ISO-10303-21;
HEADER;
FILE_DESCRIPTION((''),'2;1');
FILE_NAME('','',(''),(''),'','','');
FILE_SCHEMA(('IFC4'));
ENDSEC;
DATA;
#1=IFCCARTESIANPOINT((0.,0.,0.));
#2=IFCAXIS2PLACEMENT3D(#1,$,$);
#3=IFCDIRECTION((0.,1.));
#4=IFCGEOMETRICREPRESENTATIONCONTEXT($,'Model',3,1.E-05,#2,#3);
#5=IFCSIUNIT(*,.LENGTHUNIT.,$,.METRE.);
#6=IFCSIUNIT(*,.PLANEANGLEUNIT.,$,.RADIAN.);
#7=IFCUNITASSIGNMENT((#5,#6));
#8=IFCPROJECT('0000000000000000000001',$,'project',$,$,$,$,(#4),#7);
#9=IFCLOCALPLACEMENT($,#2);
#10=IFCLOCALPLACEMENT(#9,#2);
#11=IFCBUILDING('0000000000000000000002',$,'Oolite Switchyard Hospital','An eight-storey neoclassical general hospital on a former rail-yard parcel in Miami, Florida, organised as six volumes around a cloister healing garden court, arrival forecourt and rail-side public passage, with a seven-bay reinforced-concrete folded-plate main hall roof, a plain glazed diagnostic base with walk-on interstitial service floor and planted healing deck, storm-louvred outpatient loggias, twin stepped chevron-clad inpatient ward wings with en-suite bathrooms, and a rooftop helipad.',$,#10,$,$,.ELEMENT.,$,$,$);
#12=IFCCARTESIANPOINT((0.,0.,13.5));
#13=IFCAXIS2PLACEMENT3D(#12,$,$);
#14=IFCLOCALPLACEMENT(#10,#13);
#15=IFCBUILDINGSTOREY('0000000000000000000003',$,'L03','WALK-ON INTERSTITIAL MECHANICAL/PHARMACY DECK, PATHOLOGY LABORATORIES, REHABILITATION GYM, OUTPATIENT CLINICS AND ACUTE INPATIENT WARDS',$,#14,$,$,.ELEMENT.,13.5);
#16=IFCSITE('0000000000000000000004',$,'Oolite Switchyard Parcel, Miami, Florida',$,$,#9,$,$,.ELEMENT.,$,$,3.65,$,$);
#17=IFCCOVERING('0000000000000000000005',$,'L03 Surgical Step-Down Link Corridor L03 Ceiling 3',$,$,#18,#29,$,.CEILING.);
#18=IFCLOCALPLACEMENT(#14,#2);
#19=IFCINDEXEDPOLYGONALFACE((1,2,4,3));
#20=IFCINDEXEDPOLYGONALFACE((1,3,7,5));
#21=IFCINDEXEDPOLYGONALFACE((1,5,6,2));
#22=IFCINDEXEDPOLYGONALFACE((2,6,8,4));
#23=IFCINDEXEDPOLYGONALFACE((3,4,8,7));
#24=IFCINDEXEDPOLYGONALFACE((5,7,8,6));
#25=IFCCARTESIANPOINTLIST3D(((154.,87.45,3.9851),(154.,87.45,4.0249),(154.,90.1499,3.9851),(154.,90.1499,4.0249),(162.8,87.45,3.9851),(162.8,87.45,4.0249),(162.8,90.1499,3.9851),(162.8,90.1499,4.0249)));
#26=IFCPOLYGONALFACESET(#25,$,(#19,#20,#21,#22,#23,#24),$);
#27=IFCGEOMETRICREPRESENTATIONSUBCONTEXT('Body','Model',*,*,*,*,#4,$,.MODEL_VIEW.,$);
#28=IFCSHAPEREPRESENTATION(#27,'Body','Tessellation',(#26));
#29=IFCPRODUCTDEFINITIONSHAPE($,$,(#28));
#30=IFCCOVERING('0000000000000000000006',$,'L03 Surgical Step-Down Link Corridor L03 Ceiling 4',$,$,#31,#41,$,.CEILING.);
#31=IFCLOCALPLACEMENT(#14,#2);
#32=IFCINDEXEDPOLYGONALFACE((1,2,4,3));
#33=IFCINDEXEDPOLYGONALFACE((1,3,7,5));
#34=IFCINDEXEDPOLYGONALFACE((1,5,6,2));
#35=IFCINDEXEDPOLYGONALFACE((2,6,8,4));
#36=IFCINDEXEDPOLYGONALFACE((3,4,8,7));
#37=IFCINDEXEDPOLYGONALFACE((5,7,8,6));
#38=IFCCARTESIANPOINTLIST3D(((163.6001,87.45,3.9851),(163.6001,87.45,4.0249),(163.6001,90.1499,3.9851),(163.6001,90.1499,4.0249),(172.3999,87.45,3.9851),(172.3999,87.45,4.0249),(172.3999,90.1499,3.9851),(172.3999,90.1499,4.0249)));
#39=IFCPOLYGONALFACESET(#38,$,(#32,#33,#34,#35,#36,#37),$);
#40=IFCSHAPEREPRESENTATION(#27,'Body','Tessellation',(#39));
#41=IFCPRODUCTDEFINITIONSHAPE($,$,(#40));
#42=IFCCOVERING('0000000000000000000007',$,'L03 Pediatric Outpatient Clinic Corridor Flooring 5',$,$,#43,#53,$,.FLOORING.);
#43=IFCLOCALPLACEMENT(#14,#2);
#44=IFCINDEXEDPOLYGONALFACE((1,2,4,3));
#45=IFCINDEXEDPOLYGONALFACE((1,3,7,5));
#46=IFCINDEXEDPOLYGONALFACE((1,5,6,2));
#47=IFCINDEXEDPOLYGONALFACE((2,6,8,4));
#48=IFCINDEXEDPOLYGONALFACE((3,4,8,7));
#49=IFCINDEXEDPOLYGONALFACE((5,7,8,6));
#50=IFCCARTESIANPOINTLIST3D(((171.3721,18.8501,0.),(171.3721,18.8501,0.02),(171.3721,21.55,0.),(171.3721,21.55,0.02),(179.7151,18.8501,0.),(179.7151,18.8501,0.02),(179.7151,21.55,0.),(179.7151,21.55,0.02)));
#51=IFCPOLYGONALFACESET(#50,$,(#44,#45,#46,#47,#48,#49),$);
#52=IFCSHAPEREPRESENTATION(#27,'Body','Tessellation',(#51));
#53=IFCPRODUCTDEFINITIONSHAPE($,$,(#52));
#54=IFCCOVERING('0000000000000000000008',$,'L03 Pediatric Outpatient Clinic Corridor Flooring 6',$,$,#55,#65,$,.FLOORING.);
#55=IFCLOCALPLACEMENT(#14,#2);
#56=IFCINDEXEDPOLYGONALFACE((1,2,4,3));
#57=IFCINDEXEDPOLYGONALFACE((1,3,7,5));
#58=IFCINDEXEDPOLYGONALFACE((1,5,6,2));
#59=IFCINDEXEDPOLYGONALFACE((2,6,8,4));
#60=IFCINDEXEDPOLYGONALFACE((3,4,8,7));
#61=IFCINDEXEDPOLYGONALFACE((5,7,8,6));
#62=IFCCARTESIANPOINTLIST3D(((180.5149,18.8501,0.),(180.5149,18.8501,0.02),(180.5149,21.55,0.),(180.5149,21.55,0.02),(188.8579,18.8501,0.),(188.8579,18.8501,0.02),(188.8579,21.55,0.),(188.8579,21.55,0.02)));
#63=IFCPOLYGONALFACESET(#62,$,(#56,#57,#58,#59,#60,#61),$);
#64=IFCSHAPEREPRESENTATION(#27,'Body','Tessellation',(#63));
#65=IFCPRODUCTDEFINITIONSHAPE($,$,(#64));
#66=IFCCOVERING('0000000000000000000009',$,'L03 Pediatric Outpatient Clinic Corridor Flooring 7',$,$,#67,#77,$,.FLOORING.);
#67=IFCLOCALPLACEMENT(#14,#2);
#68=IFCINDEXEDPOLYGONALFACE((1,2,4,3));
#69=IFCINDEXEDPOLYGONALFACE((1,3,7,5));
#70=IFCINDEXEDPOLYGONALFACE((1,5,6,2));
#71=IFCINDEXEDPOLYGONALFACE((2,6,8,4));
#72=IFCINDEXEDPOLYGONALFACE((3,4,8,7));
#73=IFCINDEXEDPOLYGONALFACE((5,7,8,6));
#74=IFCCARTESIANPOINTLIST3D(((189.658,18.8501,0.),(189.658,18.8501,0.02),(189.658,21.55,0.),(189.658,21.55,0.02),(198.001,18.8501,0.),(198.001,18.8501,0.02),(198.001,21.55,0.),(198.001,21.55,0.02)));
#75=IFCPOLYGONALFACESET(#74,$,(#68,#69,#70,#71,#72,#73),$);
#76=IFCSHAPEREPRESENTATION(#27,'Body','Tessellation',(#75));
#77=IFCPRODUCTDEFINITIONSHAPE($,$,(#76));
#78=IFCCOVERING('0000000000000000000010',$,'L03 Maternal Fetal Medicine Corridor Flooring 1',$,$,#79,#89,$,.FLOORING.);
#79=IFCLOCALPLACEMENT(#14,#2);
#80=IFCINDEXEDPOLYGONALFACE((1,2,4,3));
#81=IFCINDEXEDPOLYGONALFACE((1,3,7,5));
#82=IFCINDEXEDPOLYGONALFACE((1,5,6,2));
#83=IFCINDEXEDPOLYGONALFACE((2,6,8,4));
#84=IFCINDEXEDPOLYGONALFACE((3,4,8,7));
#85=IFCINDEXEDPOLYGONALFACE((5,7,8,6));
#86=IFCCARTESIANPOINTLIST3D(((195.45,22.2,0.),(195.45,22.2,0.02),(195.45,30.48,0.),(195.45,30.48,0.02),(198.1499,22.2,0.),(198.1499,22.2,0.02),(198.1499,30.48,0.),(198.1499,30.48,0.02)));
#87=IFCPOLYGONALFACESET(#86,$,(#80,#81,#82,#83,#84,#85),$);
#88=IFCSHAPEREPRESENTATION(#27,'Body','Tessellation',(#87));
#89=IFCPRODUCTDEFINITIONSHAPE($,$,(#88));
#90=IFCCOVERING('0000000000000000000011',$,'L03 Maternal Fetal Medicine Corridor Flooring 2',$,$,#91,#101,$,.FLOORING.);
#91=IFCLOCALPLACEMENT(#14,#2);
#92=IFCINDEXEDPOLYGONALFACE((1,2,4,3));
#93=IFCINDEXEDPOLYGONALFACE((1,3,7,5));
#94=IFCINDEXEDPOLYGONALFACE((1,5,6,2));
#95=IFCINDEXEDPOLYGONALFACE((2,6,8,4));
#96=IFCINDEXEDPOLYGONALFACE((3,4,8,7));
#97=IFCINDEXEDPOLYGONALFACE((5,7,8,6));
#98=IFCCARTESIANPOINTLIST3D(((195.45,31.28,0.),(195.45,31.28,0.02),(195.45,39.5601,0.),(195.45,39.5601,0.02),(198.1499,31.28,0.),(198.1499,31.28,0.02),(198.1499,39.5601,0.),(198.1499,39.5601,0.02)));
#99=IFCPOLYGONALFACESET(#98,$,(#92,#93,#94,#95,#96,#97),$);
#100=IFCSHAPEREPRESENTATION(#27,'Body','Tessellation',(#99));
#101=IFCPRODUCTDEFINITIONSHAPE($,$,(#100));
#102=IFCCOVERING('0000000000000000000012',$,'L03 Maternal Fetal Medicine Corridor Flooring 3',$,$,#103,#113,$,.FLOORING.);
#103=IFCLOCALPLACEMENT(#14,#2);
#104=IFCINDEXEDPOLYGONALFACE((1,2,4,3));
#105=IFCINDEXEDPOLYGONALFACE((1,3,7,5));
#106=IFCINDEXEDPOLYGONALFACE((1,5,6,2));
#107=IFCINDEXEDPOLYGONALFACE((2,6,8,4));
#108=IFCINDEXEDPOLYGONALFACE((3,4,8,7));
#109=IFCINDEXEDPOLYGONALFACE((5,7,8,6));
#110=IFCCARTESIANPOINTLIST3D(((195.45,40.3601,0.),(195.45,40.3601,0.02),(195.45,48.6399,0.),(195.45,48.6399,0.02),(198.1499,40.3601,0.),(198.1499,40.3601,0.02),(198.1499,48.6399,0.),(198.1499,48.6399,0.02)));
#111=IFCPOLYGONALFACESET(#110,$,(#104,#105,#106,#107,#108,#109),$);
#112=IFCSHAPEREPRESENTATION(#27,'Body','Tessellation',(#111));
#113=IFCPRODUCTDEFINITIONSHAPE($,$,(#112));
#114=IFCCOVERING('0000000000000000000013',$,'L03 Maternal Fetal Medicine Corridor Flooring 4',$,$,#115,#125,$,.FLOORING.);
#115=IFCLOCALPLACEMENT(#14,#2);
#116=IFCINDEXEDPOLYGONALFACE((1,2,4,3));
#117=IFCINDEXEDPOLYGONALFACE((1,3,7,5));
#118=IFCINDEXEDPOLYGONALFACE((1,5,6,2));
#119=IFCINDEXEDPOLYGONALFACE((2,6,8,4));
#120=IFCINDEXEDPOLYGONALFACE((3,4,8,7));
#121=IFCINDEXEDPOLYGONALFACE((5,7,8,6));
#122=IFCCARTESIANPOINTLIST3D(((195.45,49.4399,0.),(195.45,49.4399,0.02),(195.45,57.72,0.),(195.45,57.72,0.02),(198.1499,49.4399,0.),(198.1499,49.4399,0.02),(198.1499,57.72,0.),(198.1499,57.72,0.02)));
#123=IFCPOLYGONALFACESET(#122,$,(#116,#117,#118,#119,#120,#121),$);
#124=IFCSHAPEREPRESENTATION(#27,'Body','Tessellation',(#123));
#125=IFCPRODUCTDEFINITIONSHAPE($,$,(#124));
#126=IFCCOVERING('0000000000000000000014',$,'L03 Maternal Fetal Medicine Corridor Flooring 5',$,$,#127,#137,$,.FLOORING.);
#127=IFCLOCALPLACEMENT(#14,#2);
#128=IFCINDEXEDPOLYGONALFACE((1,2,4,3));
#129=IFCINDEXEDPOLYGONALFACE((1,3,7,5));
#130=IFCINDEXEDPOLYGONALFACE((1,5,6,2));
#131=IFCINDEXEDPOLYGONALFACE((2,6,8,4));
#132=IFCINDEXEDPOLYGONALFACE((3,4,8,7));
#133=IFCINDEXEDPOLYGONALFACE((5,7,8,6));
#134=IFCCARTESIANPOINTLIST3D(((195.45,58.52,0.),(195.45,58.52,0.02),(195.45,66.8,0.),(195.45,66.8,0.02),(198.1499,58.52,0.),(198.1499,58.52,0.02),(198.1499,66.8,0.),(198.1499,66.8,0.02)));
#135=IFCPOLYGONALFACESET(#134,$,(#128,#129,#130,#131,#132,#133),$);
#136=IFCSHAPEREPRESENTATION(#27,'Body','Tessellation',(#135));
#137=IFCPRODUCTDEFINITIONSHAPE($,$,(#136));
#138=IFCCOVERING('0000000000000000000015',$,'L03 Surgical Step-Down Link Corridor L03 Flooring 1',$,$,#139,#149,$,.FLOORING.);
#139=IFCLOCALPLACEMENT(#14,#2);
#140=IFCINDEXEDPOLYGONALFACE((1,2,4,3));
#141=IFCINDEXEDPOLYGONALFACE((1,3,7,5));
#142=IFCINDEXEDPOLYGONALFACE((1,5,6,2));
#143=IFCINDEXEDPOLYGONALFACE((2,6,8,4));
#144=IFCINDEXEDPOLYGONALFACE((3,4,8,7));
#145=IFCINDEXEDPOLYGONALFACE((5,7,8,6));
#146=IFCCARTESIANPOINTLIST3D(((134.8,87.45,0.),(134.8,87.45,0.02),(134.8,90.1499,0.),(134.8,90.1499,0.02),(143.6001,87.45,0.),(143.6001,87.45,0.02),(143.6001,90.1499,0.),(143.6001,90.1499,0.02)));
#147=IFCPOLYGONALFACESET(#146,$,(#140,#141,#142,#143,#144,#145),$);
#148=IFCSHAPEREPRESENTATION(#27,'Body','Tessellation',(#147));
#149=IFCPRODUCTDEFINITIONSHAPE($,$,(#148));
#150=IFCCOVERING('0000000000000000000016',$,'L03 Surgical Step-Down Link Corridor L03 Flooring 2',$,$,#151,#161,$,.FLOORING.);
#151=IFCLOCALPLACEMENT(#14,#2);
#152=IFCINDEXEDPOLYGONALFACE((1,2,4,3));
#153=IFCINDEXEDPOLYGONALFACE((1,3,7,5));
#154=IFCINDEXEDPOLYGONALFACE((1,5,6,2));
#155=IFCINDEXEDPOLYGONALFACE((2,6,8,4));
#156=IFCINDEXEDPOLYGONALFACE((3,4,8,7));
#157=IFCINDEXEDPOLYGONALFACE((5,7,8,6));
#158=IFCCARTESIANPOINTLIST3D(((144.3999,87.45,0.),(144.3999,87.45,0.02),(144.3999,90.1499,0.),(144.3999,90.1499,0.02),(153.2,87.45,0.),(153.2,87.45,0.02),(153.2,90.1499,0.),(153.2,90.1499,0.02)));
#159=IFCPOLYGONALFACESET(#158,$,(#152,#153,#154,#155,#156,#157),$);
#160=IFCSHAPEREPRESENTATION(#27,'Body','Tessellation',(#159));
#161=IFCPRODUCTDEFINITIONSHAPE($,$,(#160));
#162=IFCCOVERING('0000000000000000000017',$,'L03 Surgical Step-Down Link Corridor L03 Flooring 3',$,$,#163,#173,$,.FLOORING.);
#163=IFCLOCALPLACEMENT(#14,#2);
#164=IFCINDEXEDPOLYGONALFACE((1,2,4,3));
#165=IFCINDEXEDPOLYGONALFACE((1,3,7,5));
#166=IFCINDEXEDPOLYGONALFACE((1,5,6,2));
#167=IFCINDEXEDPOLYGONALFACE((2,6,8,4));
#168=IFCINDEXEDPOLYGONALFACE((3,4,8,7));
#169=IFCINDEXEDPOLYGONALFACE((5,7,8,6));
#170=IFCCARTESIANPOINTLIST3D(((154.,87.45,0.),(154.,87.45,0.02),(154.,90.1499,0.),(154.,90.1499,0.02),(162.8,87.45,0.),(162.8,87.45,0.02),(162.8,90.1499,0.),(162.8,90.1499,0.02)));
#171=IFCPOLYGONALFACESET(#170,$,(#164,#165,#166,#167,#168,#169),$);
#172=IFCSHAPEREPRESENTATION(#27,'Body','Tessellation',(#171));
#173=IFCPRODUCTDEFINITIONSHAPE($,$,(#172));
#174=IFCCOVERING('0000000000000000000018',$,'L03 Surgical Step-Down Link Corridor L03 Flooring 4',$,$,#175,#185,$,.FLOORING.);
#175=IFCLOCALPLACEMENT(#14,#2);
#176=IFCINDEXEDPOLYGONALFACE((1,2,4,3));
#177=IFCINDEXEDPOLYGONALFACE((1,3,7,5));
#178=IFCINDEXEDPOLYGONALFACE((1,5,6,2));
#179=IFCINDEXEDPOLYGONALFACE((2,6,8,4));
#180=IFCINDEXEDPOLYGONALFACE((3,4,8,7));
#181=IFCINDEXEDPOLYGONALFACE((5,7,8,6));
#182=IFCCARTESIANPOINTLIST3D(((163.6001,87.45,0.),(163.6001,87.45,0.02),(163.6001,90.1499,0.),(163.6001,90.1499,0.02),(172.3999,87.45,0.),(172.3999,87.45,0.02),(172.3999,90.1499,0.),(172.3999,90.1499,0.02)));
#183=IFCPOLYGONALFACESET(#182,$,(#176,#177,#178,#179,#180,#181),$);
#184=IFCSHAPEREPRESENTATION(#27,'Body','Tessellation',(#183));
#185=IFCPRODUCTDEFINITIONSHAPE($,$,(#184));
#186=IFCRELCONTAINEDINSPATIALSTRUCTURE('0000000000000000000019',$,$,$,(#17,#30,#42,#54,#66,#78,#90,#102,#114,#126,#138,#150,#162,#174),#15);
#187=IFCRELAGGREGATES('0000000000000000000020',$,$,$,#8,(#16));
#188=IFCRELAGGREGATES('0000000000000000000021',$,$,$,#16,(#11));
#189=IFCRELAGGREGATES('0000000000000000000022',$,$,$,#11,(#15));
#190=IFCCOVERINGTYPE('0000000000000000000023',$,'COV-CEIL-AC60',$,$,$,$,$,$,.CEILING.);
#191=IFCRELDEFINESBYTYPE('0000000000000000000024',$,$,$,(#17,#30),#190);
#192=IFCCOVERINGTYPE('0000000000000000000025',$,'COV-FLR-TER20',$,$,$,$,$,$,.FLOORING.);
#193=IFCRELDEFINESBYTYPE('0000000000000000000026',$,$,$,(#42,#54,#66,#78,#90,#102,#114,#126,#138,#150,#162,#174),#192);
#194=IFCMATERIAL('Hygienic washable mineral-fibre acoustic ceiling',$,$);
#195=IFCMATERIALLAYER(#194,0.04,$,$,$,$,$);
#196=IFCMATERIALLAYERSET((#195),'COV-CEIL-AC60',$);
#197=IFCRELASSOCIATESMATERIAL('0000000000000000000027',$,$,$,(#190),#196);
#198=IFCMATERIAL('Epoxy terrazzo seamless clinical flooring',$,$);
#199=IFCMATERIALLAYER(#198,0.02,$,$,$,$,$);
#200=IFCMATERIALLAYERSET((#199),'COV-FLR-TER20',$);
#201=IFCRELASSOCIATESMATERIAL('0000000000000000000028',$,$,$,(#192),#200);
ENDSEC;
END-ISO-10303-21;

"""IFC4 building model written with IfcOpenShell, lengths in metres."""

from ifc_helpers import new_model, si_unit, direction, frame, origin, place, context, subcontext, project, spatial, polyline, outline, extrude, material, layer, layer_set, type_object, element, save


model = new_model("IFC4")

# Units and contexts
model_context = context("Model", 3, precision=1e-05, world=origin(), true_north=direction((0.0, 1.0)))
body_context = subcontext(model_context, "Body", "Model", "MODEL_VIEW")
ifc_project = project(units=[si_unit("LENGTHUNIT", "METRE"), si_unit("PLANEANGLEUNIT", "RADIAN")], contexts=[model_context])

# Site, building, storey
site_placement = place(None, origin())
site = spatial("IfcSite", under=ifc_project, at=site_placement, Name="Oolite Switchyard Parcel, Miami, Florida", CompositionType="ELEMENT", RefElevation=3.65)
building_placement = place(site_placement, origin())
building = spatial("IfcBuilding", under=site, at=building_placement, Name="Oolite Switchyard Hospital", Description="An eight-storey neoclassical general hospital on a former rail-yard parcel in Miami, Florida, organised as six volumes around a cloister healing garden court, arrival forecourt and rail-side public passage, with a seven-bay reinforced-concrete folded-plate main hall roof, a plain glazed diagnostic base with walk-on interstitial service floor and planted healing deck, storm-louvred outpatient loggias, twin stepped chevron-clad inpatient ward wings with en-suite bathrooms, and a rooftop helipad.", CompositionType="ELEMENT")
storey_placement = place(building_placement, frame((0.0, 0.0, 13.5)))
storey = spatial("IfcBuildingStorey", under=building, at=storey_placement, Name="L03", Description="WALK-ON INTERSTITIAL MECHANICAL/PHARMACY DECK, PATHOLOGY LABORATORIES, REHABILITATION GYM, OUTPATIENT CLINICS AND ACUTE INPATIENT WARDS", CompositionType="ELEMENT", Elevation=13.5)

# Coverings
ifc_material_1 = material(Name="Hygienic washable mineral-fibre acoustic ceiling")
ifc_layer_1 = layer(ifc_material_1, 0.04)
ifc_layer_set_1 = layer_set([ifc_layer_1], Name="COV-CEIL-AC60")
covering_type_1 = type_object("IfcCoveringType", Name="COV-CEIL-AC60", PredefinedType="CEILING", material=ifc_layer_set_1)
covering_1_placement = place(storey_placement, frame((0.0, 0.0, 3.9851)))
element("IfcCovering", 1, at=covering_1_placement, inside=storey, type_object=covering_type_1, Name="L03 Surgical Step-Down Link Corridor L03 Ceiling 3", PredefinedType="CEILING", context=body_context, shape_type="SweptSolid", body=[
    extrude(outline(polyline([(154.0, 87.45), (162.8, 87.45), (162.8, 90.1499), (154.0, 90.1499), (154.0, 87.45)])), origin(), (0.0, 0.0, 1.0), 0.0398),
])
covering_2_placement = place(storey_placement, frame((0.0, 0.0, 3.9851)))
element("IfcCovering", 2, at=covering_2_placement, inside=storey, type_object=covering_type_1, Name="L03 Surgical Step-Down Link Corridor L03 Ceiling 4", PredefinedType="CEILING", context=body_context, shape_type="SweptSolid", body=[
    extrude(outline(polyline([(163.6001, 87.45), (172.3999, 87.45), (172.3999, 90.1499), (163.6001, 90.1499), (163.6001, 87.45)])), origin(), (0.0, 0.0, 1.0), 0.0398),
])
ifc_material_2 = material(Name="Epoxy terrazzo seamless clinical flooring")
ifc_layer_2 = layer(ifc_material_2, 0.02)
ifc_layer_set_2 = layer_set([ifc_layer_2], Name="COV-FLR-TER20")
covering_type_2 = type_object("IfcCoveringType", Name="COV-FLR-TER20", PredefinedType="FLOORING", material=ifc_layer_set_2)
covering_3_placement = place(storey_placement, origin())
element("IfcCovering", 3, at=covering_3_placement, inside=storey, type_object=covering_type_2, Name="L03 Pediatric Outpatient Clinic Corridor Flooring 5", PredefinedType="FLOORING", context=body_context, shape_type="SweptSolid", body=[
    extrude(outline(polyline([(171.3721, 18.8501), (179.7151, 18.8501), (179.7151, 21.55), (171.3721, 21.55), (171.3721, 18.8501)])), origin(), (0.0, 0.0, 1.0), 0.02),
])
covering_4_placement = place(storey_placement, origin())
element("IfcCovering", 4, at=covering_4_placement, inside=storey, type_object=covering_type_2, Name="L03 Pediatric Outpatient Clinic Corridor Flooring 6", PredefinedType="FLOORING", context=body_context, shape_type="SweptSolid", body=[
    extrude(outline(polyline([(180.5149, 18.8501), (188.8579, 18.8501), (188.8579, 21.55), (180.5149, 21.55), (180.5149, 18.8501)])), origin(), (0.0, 0.0, 1.0), 0.02),
])
covering_5_placement = place(storey_placement, origin())
element("IfcCovering", 5, at=covering_5_placement, inside=storey, type_object=covering_type_2, Name="L03 Pediatric Outpatient Clinic Corridor Flooring 7", PredefinedType="FLOORING", context=body_context, shape_type="SweptSolid", body=[
    extrude(outline(polyline([(189.658, 18.8501), (198.001, 18.8501), (198.001, 21.55), (189.658, 21.55), (189.658, 18.8501)])), origin(), (0.0, 0.0, 1.0), 0.02),
])
covering_6_placement = place(storey_placement, origin())
element("IfcCovering", 6, at=covering_6_placement, inside=storey, type_object=covering_type_2, Name="L03 Maternal Fetal Medicine Corridor Flooring 1", PredefinedType="FLOORING", context=body_context, shape_type="SweptSolid", body=[
    extrude(outline(polyline([(195.45, 22.2), (198.1499, 22.2), (198.1499, 30.48), (195.45, 30.48), (195.45, 22.2)])), origin(), (0.0, 0.0, 1.0), 0.02),
])
covering_7_placement = place(storey_placement, origin())
element("IfcCovering", 7, at=covering_7_placement, inside=storey, type_object=covering_type_2, Name="L03 Maternal Fetal Medicine Corridor Flooring 2", PredefinedType="FLOORING", context=body_context, shape_type="SweptSolid", body=[
    extrude(outline(polyline([(195.45, 31.28), (198.1499, 31.28), (198.1499, 39.5601), (195.45, 39.5601), (195.45, 31.28)])), origin(), (0.0, 0.0, 1.0), 0.02),
])
covering_8_placement = place(storey_placement, origin())
element("IfcCovering", 8, at=covering_8_placement, inside=storey, type_object=covering_type_2, Name="L03 Maternal Fetal Medicine Corridor Flooring 3", PredefinedType="FLOORING", context=body_context, shape_type="SweptSolid", body=[
    extrude(outline(polyline([(195.45, 40.3601), (198.1499, 40.3601), (198.1499, 48.6399), (195.45, 48.6399), (195.45, 40.3601)])), origin(), (0.0, 0.0, 1.0), 0.02),
])
covering_9_placement = place(storey_placement, origin())
element("IfcCovering", 9, at=covering_9_placement, inside=storey, type_object=covering_type_2, Name="L03 Maternal Fetal Medicine Corridor Flooring 4", PredefinedType="FLOORING", context=body_context, shape_type="SweptSolid", body=[
    extrude(outline(polyline([(195.45, 49.4399), (198.1499, 49.4399), (198.1499, 57.72), (195.45, 57.72), (195.45, 49.4399)])), origin(), (0.0, 0.0, 1.0), 0.02),
])
covering_10_placement = place(storey_placement, origin())
element("IfcCovering", 10, at=covering_10_placement, inside=storey, type_object=covering_type_2, Name="L03 Maternal Fetal Medicine Corridor Flooring 5", PredefinedType="FLOORING", context=body_context, shape_type="SweptSolid", body=[
    extrude(outline(polyline([(195.45, 58.52), (198.1499, 58.52), (198.1499, 66.8), (195.45, 66.8), (195.45, 58.52)])), origin(), (0.0, 0.0, 1.0), 0.02),
])
covering_11_placement = place(storey_placement, origin())
element("IfcCovering", 11, at=covering_11_placement, inside=storey, type_object=covering_type_2, Name="L03 Surgical Step-Down Link Corridor L03 Flooring 1", PredefinedType="FLOORING", context=body_context, shape_type="SweptSolid", body=[
    extrude(outline(polyline([(134.8, 87.45), (143.6001, 87.45), (143.6001, 90.1499), (134.8, 90.1499), (134.8, 87.45)])), origin(), (0.0, 0.0, 1.0), 0.02),
])
covering_12_placement = place(storey_placement, origin())
element("IfcCovering", 12, at=covering_12_placement, inside=storey, type_object=covering_type_2, Name="L03 Surgical Step-Down Link Corridor L03 Flooring 2", PredefinedType="FLOORING", context=body_context, shape_type="SweptSolid", body=[
    extrude(outline(polyline([(144.3999, 87.45), (153.2, 87.45), (153.2, 90.1499), (144.3999, 90.1499), (144.3999, 87.45)])), origin(), (0.0, 0.0, 1.0), 0.02),
])
covering_13_placement = place(storey_placement, origin())
element("IfcCovering", 13, at=covering_13_placement, inside=storey, type_object=covering_type_2, Name="L03 Surgical Step-Down Link Corridor L03 Flooring 3", PredefinedType="FLOORING", context=body_context, shape_type="SweptSolid", body=[
    extrude(outline(polyline([(154.0, 87.45), (162.8, 87.45), (162.8, 90.1499), (154.0, 90.1499), (154.0, 87.45)])), origin(), (0.0, 0.0, 1.0), 0.02),
])
covering_14_placement = place(storey_placement, origin())
element("IfcCovering", 14, at=covering_14_placement, inside=storey, type_object=covering_type_2, Name="L03 Surgical Step-Down Link Corridor L03 Flooring 4", PredefinedType="FLOORING", context=body_context, shape_type="SweptSolid", body=[
    extrude(outline(polyline([(163.6001, 87.45), (172.3999, 87.45), (172.3999, 90.1499), (163.6001, 90.1499), (163.6001, 87.45)])), origin(), (0.0, 0.0, 1.0), 0.02),
])

save(model, "model.ifc")
